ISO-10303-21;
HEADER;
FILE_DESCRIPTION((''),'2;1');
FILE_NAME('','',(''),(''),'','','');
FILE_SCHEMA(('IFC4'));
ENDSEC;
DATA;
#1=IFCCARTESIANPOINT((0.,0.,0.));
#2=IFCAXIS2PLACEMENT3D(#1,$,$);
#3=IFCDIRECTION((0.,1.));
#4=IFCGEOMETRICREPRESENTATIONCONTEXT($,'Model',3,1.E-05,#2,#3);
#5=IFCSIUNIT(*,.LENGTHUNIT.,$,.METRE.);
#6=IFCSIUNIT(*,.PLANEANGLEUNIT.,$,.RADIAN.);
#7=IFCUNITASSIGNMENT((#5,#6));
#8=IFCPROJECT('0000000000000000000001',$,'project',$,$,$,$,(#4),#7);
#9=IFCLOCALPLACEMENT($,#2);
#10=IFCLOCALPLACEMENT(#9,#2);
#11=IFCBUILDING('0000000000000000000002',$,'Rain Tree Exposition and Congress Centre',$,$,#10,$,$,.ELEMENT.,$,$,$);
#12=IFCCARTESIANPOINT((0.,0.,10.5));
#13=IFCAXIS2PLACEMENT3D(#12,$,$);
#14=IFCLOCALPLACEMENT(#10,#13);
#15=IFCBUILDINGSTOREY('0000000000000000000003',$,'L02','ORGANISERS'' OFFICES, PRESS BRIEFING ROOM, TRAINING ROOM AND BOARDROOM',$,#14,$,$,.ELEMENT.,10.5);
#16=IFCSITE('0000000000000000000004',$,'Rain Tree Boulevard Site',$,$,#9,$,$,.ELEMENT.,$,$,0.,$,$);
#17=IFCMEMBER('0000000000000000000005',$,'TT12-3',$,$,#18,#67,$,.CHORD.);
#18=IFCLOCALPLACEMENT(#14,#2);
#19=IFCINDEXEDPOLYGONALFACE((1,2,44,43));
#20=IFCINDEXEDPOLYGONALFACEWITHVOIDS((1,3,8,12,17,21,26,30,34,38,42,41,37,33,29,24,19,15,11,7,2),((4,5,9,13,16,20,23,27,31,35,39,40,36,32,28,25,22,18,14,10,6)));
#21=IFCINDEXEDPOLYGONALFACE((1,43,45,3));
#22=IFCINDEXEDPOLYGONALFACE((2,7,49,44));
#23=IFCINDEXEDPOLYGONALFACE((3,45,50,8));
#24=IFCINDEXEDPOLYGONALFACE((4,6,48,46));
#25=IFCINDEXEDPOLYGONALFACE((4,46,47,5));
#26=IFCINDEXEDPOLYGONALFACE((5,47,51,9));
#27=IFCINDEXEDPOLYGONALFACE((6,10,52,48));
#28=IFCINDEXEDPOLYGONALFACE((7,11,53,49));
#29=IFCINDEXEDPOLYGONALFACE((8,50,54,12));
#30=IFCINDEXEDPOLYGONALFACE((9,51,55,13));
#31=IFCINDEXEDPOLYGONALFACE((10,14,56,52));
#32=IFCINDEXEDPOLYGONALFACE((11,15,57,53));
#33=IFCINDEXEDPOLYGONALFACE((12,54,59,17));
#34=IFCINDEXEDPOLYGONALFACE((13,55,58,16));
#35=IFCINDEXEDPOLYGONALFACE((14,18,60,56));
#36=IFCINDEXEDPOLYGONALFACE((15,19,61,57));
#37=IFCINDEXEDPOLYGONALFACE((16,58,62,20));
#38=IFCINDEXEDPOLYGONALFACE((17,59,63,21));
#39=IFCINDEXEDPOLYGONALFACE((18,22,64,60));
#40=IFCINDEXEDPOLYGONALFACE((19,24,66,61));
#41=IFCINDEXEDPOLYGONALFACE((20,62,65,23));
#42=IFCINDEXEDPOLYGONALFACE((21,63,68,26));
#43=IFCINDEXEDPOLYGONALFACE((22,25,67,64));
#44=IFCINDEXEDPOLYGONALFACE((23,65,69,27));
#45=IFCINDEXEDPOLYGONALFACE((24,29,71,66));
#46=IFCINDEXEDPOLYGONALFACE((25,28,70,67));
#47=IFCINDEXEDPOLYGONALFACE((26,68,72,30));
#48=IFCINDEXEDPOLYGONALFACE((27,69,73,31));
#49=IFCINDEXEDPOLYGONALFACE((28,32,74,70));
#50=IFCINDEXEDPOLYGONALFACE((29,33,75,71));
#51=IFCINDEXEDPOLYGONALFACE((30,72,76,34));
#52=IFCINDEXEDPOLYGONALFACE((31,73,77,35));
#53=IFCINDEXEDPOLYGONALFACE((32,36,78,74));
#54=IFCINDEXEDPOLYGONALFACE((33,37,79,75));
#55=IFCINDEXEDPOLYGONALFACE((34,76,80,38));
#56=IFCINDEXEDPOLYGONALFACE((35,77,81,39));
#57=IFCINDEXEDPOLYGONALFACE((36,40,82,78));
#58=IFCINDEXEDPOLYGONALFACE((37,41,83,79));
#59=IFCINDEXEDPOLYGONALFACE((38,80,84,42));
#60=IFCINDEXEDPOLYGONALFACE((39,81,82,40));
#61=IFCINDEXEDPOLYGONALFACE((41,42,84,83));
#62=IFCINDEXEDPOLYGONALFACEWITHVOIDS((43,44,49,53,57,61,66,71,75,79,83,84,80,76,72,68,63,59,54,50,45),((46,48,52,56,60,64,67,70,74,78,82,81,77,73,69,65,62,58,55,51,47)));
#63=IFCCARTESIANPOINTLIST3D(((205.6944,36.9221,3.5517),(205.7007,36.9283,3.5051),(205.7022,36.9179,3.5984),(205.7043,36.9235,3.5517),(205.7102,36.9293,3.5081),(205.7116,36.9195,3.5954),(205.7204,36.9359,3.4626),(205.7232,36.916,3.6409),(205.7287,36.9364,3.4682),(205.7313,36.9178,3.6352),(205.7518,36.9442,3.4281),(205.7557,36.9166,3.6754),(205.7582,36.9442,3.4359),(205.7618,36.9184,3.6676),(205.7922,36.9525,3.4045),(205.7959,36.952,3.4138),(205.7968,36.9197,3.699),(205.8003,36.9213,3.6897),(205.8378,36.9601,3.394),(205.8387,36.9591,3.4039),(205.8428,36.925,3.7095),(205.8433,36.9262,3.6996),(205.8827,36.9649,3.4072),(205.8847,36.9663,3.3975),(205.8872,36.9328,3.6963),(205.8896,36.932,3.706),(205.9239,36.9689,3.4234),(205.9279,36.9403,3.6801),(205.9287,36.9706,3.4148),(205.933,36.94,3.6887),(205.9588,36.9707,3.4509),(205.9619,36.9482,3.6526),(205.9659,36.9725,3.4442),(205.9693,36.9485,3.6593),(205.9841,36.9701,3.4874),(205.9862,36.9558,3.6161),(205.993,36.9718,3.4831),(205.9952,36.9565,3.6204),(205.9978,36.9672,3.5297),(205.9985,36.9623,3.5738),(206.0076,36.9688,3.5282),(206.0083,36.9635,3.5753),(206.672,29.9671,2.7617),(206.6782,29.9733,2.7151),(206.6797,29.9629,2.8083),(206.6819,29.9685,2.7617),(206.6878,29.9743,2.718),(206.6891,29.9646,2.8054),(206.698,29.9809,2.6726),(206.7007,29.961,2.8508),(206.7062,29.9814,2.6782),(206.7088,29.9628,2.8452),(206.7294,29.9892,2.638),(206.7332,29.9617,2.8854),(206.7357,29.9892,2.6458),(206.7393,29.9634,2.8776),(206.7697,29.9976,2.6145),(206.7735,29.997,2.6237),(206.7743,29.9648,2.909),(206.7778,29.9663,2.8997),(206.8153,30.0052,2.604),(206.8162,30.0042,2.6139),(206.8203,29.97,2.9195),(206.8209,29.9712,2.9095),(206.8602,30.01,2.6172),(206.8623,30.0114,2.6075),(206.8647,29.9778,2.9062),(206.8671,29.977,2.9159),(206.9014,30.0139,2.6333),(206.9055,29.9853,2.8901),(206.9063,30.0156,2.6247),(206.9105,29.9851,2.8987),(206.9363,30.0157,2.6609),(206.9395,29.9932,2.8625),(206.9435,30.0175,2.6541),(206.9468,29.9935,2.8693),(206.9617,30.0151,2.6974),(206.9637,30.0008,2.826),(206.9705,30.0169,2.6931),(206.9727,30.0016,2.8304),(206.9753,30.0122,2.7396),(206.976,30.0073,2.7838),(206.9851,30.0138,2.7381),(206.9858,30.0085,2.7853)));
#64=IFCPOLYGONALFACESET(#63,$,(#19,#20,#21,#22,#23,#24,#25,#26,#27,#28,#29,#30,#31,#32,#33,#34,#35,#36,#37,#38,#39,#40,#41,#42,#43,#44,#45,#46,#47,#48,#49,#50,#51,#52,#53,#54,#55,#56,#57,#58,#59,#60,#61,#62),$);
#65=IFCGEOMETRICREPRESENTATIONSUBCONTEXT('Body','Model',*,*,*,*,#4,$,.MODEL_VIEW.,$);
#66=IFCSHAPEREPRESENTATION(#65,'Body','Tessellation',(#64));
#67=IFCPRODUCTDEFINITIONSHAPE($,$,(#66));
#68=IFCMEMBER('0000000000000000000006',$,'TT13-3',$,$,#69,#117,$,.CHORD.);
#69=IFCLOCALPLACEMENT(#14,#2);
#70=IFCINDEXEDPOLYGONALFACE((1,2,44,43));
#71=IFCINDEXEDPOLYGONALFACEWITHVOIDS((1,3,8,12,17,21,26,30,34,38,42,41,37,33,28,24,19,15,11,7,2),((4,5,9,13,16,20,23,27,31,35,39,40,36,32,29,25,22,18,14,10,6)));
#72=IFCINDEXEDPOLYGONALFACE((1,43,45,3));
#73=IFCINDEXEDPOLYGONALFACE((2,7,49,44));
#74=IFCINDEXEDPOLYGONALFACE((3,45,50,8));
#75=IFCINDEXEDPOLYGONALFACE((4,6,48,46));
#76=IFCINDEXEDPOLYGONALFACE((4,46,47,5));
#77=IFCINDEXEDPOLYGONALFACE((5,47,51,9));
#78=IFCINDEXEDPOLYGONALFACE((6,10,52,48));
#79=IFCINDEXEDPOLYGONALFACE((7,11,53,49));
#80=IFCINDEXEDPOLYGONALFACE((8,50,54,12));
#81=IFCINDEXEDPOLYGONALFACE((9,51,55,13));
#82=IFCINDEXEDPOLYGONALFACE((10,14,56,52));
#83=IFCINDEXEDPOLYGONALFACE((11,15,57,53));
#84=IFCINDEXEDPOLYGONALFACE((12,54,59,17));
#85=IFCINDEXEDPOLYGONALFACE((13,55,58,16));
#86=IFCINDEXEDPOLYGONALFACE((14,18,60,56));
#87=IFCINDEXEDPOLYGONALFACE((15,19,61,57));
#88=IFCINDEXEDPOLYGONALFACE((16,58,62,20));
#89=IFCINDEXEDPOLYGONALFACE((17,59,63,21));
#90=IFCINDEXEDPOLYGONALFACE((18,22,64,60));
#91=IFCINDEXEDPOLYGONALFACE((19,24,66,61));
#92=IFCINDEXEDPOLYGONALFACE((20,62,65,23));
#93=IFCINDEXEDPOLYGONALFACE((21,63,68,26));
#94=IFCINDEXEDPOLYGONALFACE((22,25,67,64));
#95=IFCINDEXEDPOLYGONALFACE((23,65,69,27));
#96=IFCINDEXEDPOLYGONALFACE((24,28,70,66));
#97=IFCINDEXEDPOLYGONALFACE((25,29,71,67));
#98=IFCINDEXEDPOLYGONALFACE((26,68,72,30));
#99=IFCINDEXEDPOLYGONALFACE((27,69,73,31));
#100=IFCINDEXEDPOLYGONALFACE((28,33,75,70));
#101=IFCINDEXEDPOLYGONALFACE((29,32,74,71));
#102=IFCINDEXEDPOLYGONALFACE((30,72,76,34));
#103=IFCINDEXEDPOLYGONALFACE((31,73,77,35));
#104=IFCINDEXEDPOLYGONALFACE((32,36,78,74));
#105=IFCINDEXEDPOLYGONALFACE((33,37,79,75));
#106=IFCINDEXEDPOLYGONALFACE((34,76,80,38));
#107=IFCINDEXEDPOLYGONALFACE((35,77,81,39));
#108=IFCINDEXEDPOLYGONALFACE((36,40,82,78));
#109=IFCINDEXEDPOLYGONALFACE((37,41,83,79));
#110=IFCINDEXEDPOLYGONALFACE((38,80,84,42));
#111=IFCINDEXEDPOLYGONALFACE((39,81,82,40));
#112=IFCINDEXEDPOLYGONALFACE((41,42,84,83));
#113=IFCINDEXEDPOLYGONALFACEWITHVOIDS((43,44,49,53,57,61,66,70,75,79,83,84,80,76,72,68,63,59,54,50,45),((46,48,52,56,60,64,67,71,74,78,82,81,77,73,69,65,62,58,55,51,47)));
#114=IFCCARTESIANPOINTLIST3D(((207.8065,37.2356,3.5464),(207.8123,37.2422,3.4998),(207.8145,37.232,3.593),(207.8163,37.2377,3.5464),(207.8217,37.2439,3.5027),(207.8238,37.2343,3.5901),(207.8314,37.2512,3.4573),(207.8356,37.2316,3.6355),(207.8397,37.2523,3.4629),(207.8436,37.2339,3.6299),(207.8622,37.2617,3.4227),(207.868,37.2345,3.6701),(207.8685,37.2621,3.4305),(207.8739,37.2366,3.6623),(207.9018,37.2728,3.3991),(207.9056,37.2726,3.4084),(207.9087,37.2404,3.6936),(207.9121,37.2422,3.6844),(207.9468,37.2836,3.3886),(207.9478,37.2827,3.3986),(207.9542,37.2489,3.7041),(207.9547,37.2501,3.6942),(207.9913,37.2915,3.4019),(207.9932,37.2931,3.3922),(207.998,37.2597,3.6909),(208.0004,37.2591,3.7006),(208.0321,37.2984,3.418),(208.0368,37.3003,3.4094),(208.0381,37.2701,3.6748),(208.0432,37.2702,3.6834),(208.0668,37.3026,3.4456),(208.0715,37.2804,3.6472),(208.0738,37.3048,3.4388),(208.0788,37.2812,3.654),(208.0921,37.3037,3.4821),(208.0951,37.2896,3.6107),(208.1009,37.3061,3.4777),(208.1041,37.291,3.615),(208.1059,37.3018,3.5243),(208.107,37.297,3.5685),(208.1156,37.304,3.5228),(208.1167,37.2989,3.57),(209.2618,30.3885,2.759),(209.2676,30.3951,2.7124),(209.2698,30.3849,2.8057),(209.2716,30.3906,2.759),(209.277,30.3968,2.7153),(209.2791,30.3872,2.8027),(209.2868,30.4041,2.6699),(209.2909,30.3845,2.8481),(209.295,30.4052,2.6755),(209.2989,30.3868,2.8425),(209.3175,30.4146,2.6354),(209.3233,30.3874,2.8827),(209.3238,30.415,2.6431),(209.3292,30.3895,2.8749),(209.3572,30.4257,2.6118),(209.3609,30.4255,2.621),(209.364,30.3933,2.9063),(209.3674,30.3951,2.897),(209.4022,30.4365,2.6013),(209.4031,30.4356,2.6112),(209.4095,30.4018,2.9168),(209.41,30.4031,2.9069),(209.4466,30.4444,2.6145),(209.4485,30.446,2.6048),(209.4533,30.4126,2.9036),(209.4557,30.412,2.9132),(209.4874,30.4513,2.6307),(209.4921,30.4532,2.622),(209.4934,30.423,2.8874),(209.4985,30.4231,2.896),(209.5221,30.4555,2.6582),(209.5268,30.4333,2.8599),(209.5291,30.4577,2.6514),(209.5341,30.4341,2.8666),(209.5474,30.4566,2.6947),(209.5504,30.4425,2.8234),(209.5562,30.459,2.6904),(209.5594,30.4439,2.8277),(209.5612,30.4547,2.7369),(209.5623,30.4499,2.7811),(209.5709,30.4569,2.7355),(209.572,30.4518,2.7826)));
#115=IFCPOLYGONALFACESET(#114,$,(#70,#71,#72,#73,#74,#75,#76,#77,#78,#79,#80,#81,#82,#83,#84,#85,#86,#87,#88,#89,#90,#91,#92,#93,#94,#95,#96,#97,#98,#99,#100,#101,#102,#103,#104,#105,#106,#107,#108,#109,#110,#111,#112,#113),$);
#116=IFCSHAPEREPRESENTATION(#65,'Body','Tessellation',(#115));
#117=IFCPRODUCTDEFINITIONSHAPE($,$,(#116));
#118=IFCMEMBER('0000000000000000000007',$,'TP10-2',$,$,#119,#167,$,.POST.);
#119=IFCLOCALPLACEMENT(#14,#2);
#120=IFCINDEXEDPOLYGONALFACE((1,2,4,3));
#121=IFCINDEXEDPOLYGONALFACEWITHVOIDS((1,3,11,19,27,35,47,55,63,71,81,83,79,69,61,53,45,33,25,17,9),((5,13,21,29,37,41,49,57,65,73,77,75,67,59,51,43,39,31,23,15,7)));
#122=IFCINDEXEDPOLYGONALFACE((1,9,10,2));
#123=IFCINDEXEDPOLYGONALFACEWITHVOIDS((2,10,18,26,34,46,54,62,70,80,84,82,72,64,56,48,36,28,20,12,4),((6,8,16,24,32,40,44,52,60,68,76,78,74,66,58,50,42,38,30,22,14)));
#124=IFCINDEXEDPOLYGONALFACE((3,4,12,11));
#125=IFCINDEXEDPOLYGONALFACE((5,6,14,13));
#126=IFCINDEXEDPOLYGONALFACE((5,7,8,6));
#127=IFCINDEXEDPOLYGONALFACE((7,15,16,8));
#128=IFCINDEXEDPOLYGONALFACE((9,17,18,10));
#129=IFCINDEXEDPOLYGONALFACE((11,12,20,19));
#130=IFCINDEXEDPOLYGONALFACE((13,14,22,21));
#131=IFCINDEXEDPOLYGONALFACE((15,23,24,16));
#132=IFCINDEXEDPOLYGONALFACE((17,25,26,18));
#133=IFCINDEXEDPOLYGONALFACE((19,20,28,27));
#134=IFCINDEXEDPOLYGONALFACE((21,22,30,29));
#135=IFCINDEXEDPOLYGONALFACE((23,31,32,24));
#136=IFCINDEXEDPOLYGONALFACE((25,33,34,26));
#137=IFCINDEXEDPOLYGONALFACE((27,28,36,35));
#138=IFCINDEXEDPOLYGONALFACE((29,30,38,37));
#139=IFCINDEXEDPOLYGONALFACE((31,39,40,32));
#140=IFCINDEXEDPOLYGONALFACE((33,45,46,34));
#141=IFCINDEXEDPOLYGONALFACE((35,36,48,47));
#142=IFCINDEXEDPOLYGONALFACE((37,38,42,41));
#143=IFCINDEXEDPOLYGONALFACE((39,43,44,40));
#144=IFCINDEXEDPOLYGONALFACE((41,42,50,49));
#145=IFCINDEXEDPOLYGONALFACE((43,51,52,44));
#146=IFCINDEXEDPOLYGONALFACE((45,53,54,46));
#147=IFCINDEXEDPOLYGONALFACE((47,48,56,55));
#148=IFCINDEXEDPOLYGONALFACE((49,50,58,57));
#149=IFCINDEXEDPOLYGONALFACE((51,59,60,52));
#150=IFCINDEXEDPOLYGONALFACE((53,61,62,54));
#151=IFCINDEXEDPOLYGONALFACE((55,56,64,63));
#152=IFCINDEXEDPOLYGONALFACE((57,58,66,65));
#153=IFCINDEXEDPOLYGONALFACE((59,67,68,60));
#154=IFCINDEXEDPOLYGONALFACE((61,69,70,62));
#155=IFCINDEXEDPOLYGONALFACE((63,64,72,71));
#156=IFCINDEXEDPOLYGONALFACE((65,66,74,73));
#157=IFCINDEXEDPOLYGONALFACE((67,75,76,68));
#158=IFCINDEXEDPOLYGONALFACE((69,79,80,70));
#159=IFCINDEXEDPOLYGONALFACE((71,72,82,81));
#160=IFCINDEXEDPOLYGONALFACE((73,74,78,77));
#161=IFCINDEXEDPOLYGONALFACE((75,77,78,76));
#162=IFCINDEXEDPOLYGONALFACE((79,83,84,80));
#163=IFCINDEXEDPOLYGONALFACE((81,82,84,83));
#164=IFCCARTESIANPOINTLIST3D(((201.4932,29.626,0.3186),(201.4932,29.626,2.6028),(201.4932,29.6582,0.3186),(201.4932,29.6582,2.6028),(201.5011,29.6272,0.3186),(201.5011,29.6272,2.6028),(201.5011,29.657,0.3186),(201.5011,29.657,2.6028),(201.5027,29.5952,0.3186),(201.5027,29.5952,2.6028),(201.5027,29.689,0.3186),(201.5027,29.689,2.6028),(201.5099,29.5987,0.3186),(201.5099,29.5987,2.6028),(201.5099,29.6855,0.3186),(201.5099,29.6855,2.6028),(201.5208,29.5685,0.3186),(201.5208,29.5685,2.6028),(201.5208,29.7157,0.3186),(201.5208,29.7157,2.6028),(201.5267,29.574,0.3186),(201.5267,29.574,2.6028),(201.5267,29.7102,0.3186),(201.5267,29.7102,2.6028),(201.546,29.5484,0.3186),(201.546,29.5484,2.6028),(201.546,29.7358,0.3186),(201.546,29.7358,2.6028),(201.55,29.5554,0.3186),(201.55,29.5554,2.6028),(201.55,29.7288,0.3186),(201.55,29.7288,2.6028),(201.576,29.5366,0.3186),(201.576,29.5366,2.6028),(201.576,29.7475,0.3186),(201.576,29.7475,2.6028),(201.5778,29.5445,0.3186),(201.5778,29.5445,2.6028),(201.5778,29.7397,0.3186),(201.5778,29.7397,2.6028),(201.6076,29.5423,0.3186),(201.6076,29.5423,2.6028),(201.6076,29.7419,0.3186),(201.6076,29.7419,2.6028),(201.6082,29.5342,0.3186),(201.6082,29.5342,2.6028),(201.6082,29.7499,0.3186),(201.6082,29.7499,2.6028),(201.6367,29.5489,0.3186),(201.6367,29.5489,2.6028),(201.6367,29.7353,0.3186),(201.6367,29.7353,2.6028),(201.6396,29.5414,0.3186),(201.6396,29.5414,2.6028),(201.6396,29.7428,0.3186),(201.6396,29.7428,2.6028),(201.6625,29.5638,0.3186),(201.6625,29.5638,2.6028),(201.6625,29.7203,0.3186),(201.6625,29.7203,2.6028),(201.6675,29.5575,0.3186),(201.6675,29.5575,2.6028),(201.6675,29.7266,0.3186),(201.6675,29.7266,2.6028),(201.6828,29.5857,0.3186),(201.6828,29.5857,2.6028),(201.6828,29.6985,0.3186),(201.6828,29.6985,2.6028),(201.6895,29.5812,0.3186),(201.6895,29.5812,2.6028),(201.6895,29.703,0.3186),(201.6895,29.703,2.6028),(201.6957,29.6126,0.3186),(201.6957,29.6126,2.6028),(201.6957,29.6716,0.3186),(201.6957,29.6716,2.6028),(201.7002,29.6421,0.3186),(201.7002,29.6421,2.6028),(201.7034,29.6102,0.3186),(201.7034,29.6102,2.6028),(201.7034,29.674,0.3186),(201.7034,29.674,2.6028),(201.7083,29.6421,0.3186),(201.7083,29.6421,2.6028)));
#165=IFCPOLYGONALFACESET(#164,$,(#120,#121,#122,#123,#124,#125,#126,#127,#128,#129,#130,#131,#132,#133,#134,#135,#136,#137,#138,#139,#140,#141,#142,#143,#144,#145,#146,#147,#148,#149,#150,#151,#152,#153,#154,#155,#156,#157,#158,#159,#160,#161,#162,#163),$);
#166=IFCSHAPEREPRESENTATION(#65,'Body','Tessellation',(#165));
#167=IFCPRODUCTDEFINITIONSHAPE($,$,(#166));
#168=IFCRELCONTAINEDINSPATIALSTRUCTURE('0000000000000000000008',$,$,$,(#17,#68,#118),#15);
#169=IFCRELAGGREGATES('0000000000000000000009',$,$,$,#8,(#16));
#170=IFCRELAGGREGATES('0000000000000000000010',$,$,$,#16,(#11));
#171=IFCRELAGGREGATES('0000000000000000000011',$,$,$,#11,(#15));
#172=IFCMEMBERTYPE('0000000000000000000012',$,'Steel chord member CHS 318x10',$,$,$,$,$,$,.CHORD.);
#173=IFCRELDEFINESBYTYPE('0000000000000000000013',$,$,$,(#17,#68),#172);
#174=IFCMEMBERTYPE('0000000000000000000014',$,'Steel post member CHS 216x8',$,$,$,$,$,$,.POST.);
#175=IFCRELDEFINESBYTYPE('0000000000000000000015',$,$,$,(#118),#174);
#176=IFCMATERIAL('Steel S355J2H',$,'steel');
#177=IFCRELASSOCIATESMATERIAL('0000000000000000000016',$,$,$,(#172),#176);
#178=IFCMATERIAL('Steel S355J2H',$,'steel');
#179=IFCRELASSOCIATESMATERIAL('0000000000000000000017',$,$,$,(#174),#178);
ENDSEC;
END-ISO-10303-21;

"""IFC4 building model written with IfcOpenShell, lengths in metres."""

from ifc_helpers import new_model, si_unit, direction, frame, origin, origin_2d, place, context, subcontext, project, spatial, hollow_circle, extrude, material, material_profile, profile_set, type_object, element, save


model = new_model("IFC4")

# Units and contexts
model_context = context("Model", 3, precision=1e-05, world=origin(), true_north=direction((0.0, 1.0)))
body_context = subcontext(model_context, "Body", "Model", "MODEL_VIEW")
ifc_project = project(units=[si_unit("LENGTHUNIT", "METRE"), si_unit("PLANEANGLEUNIT", "RADIAN")], contexts=[model_context])

# Site, building, storey
site_placement = place(None, origin())
site = spatial("IfcSite", under=ifc_project, at=site_placement, Name="Rain Tree Boulevard Site", CompositionType="ELEMENT", RefElevation=0.0)
building_placement = place(site_placement, origin())
building = spatial("IfcBuilding", under=site, at=building_placement, Name="Rain Tree Exposition and Congress Centre", CompositionType="ELEMENT")
storey_placement = place(building_placement, frame((0.0, 0.0, 10.5)))
storey = spatial("IfcBuildingStorey", under=building, at=storey_placement, Name="L02", Description="ORGANISERS' OFFICES, PRESS BRIEFING ROOM, TRAINING ROOM AND BOARDROOM", CompositionType="ELEMENT", Elevation=10.5)

# Members
ifc_material_1 = material(Name="Steel S355J2H", Category="steel")
ifc_material_profile_1 = material_profile(ifc_material_1, hollow_circle(Radius=0.1592, WallThickness=0.01, at=origin_2d()), Name="CHS 318x10")
ifc_profile_set_1 = profile_set([ifc_material_profile_1], Name="Steel S355J2H")
member_type_1 = type_object("IfcMemberType", Name="Steel chord member CHS 318x10", PredefinedType="CHORD", material=ifc_profile_set_1)
member_1_placement = place(storey_placement, frame((206.8296, 29.9893, 2.7617), z_axis=(-0.13831, 0.984061, 0.111781), x_axis=(-0.990267, -0.139182, 0.0)))
element("IfcMember", 1, at=member_1_placement, inside=storey, type_object=member_type_1, Name="TT12-3", PredefinedType="CHORD", context=body_context, shape_type="SweptSolid", body=[
    extrude(hollow_circle(Radius=0.1592, WallThickness=0.01, at=origin_2d()), origin(), (0.0, 0.0, 1.0), 7.0676),
])
member_2_placement = place(storey_placement, frame((209.4175, 30.4216, 2.759), z_axis=(-0.206597, 0.972021, 0.111772), x_axis=(-0.97815, -0.2079, 0.0)))
element("IfcMember", 2, at=member_2_placement, inside=storey, type_object=member_type_1, Name="TT13-3", PredefinedType="CHORD", context=body_context, shape_type="SweptSolid", body=[
    extrude(hollow_circle(Radius=0.1592, WallThickness=0.01, at=origin_2d()), origin(), (0.0, 0.0, 1.0), 7.0442),
])
ifc_material_2 = material(Name="Steel S355J2H", Category="steel")
ifc_material_profile_2 = material_profile(ifc_material_2, hollow_circle(Radius=0.1082, WallThickness=0.0081, at=origin_2d()), Name="CHS 216x8")
ifc_profile_set_2 = profile_set([ifc_material_profile_2], Name="Steel S355J2H")
member_type_2 = type_object("IfcMemberType", Name="Steel post member CHS 216x8", PredefinedType="POST", material=ifc_profile_set_2)
member_3_placement = place(storey_placement, frame((201.6001, 29.6421, 0.3186), z_axis=(0.0, 0.0, 1.0), x_axis=(1.0, 0.0, 0.0)))
element("IfcMember", 3, at=member_3_placement, inside=storey, type_object=member_type_2, Name="TP10-2", PredefinedType="POST", context=body_context, shape_type="SweptSolid", body=[
    extrude(hollow_circle(Radius=0.1082, WallThickness=0.0081, at=origin_2d()), origin(), (0.0, 0.0, 1.0), 2.2842),
])

save(model, "model.ifc")
